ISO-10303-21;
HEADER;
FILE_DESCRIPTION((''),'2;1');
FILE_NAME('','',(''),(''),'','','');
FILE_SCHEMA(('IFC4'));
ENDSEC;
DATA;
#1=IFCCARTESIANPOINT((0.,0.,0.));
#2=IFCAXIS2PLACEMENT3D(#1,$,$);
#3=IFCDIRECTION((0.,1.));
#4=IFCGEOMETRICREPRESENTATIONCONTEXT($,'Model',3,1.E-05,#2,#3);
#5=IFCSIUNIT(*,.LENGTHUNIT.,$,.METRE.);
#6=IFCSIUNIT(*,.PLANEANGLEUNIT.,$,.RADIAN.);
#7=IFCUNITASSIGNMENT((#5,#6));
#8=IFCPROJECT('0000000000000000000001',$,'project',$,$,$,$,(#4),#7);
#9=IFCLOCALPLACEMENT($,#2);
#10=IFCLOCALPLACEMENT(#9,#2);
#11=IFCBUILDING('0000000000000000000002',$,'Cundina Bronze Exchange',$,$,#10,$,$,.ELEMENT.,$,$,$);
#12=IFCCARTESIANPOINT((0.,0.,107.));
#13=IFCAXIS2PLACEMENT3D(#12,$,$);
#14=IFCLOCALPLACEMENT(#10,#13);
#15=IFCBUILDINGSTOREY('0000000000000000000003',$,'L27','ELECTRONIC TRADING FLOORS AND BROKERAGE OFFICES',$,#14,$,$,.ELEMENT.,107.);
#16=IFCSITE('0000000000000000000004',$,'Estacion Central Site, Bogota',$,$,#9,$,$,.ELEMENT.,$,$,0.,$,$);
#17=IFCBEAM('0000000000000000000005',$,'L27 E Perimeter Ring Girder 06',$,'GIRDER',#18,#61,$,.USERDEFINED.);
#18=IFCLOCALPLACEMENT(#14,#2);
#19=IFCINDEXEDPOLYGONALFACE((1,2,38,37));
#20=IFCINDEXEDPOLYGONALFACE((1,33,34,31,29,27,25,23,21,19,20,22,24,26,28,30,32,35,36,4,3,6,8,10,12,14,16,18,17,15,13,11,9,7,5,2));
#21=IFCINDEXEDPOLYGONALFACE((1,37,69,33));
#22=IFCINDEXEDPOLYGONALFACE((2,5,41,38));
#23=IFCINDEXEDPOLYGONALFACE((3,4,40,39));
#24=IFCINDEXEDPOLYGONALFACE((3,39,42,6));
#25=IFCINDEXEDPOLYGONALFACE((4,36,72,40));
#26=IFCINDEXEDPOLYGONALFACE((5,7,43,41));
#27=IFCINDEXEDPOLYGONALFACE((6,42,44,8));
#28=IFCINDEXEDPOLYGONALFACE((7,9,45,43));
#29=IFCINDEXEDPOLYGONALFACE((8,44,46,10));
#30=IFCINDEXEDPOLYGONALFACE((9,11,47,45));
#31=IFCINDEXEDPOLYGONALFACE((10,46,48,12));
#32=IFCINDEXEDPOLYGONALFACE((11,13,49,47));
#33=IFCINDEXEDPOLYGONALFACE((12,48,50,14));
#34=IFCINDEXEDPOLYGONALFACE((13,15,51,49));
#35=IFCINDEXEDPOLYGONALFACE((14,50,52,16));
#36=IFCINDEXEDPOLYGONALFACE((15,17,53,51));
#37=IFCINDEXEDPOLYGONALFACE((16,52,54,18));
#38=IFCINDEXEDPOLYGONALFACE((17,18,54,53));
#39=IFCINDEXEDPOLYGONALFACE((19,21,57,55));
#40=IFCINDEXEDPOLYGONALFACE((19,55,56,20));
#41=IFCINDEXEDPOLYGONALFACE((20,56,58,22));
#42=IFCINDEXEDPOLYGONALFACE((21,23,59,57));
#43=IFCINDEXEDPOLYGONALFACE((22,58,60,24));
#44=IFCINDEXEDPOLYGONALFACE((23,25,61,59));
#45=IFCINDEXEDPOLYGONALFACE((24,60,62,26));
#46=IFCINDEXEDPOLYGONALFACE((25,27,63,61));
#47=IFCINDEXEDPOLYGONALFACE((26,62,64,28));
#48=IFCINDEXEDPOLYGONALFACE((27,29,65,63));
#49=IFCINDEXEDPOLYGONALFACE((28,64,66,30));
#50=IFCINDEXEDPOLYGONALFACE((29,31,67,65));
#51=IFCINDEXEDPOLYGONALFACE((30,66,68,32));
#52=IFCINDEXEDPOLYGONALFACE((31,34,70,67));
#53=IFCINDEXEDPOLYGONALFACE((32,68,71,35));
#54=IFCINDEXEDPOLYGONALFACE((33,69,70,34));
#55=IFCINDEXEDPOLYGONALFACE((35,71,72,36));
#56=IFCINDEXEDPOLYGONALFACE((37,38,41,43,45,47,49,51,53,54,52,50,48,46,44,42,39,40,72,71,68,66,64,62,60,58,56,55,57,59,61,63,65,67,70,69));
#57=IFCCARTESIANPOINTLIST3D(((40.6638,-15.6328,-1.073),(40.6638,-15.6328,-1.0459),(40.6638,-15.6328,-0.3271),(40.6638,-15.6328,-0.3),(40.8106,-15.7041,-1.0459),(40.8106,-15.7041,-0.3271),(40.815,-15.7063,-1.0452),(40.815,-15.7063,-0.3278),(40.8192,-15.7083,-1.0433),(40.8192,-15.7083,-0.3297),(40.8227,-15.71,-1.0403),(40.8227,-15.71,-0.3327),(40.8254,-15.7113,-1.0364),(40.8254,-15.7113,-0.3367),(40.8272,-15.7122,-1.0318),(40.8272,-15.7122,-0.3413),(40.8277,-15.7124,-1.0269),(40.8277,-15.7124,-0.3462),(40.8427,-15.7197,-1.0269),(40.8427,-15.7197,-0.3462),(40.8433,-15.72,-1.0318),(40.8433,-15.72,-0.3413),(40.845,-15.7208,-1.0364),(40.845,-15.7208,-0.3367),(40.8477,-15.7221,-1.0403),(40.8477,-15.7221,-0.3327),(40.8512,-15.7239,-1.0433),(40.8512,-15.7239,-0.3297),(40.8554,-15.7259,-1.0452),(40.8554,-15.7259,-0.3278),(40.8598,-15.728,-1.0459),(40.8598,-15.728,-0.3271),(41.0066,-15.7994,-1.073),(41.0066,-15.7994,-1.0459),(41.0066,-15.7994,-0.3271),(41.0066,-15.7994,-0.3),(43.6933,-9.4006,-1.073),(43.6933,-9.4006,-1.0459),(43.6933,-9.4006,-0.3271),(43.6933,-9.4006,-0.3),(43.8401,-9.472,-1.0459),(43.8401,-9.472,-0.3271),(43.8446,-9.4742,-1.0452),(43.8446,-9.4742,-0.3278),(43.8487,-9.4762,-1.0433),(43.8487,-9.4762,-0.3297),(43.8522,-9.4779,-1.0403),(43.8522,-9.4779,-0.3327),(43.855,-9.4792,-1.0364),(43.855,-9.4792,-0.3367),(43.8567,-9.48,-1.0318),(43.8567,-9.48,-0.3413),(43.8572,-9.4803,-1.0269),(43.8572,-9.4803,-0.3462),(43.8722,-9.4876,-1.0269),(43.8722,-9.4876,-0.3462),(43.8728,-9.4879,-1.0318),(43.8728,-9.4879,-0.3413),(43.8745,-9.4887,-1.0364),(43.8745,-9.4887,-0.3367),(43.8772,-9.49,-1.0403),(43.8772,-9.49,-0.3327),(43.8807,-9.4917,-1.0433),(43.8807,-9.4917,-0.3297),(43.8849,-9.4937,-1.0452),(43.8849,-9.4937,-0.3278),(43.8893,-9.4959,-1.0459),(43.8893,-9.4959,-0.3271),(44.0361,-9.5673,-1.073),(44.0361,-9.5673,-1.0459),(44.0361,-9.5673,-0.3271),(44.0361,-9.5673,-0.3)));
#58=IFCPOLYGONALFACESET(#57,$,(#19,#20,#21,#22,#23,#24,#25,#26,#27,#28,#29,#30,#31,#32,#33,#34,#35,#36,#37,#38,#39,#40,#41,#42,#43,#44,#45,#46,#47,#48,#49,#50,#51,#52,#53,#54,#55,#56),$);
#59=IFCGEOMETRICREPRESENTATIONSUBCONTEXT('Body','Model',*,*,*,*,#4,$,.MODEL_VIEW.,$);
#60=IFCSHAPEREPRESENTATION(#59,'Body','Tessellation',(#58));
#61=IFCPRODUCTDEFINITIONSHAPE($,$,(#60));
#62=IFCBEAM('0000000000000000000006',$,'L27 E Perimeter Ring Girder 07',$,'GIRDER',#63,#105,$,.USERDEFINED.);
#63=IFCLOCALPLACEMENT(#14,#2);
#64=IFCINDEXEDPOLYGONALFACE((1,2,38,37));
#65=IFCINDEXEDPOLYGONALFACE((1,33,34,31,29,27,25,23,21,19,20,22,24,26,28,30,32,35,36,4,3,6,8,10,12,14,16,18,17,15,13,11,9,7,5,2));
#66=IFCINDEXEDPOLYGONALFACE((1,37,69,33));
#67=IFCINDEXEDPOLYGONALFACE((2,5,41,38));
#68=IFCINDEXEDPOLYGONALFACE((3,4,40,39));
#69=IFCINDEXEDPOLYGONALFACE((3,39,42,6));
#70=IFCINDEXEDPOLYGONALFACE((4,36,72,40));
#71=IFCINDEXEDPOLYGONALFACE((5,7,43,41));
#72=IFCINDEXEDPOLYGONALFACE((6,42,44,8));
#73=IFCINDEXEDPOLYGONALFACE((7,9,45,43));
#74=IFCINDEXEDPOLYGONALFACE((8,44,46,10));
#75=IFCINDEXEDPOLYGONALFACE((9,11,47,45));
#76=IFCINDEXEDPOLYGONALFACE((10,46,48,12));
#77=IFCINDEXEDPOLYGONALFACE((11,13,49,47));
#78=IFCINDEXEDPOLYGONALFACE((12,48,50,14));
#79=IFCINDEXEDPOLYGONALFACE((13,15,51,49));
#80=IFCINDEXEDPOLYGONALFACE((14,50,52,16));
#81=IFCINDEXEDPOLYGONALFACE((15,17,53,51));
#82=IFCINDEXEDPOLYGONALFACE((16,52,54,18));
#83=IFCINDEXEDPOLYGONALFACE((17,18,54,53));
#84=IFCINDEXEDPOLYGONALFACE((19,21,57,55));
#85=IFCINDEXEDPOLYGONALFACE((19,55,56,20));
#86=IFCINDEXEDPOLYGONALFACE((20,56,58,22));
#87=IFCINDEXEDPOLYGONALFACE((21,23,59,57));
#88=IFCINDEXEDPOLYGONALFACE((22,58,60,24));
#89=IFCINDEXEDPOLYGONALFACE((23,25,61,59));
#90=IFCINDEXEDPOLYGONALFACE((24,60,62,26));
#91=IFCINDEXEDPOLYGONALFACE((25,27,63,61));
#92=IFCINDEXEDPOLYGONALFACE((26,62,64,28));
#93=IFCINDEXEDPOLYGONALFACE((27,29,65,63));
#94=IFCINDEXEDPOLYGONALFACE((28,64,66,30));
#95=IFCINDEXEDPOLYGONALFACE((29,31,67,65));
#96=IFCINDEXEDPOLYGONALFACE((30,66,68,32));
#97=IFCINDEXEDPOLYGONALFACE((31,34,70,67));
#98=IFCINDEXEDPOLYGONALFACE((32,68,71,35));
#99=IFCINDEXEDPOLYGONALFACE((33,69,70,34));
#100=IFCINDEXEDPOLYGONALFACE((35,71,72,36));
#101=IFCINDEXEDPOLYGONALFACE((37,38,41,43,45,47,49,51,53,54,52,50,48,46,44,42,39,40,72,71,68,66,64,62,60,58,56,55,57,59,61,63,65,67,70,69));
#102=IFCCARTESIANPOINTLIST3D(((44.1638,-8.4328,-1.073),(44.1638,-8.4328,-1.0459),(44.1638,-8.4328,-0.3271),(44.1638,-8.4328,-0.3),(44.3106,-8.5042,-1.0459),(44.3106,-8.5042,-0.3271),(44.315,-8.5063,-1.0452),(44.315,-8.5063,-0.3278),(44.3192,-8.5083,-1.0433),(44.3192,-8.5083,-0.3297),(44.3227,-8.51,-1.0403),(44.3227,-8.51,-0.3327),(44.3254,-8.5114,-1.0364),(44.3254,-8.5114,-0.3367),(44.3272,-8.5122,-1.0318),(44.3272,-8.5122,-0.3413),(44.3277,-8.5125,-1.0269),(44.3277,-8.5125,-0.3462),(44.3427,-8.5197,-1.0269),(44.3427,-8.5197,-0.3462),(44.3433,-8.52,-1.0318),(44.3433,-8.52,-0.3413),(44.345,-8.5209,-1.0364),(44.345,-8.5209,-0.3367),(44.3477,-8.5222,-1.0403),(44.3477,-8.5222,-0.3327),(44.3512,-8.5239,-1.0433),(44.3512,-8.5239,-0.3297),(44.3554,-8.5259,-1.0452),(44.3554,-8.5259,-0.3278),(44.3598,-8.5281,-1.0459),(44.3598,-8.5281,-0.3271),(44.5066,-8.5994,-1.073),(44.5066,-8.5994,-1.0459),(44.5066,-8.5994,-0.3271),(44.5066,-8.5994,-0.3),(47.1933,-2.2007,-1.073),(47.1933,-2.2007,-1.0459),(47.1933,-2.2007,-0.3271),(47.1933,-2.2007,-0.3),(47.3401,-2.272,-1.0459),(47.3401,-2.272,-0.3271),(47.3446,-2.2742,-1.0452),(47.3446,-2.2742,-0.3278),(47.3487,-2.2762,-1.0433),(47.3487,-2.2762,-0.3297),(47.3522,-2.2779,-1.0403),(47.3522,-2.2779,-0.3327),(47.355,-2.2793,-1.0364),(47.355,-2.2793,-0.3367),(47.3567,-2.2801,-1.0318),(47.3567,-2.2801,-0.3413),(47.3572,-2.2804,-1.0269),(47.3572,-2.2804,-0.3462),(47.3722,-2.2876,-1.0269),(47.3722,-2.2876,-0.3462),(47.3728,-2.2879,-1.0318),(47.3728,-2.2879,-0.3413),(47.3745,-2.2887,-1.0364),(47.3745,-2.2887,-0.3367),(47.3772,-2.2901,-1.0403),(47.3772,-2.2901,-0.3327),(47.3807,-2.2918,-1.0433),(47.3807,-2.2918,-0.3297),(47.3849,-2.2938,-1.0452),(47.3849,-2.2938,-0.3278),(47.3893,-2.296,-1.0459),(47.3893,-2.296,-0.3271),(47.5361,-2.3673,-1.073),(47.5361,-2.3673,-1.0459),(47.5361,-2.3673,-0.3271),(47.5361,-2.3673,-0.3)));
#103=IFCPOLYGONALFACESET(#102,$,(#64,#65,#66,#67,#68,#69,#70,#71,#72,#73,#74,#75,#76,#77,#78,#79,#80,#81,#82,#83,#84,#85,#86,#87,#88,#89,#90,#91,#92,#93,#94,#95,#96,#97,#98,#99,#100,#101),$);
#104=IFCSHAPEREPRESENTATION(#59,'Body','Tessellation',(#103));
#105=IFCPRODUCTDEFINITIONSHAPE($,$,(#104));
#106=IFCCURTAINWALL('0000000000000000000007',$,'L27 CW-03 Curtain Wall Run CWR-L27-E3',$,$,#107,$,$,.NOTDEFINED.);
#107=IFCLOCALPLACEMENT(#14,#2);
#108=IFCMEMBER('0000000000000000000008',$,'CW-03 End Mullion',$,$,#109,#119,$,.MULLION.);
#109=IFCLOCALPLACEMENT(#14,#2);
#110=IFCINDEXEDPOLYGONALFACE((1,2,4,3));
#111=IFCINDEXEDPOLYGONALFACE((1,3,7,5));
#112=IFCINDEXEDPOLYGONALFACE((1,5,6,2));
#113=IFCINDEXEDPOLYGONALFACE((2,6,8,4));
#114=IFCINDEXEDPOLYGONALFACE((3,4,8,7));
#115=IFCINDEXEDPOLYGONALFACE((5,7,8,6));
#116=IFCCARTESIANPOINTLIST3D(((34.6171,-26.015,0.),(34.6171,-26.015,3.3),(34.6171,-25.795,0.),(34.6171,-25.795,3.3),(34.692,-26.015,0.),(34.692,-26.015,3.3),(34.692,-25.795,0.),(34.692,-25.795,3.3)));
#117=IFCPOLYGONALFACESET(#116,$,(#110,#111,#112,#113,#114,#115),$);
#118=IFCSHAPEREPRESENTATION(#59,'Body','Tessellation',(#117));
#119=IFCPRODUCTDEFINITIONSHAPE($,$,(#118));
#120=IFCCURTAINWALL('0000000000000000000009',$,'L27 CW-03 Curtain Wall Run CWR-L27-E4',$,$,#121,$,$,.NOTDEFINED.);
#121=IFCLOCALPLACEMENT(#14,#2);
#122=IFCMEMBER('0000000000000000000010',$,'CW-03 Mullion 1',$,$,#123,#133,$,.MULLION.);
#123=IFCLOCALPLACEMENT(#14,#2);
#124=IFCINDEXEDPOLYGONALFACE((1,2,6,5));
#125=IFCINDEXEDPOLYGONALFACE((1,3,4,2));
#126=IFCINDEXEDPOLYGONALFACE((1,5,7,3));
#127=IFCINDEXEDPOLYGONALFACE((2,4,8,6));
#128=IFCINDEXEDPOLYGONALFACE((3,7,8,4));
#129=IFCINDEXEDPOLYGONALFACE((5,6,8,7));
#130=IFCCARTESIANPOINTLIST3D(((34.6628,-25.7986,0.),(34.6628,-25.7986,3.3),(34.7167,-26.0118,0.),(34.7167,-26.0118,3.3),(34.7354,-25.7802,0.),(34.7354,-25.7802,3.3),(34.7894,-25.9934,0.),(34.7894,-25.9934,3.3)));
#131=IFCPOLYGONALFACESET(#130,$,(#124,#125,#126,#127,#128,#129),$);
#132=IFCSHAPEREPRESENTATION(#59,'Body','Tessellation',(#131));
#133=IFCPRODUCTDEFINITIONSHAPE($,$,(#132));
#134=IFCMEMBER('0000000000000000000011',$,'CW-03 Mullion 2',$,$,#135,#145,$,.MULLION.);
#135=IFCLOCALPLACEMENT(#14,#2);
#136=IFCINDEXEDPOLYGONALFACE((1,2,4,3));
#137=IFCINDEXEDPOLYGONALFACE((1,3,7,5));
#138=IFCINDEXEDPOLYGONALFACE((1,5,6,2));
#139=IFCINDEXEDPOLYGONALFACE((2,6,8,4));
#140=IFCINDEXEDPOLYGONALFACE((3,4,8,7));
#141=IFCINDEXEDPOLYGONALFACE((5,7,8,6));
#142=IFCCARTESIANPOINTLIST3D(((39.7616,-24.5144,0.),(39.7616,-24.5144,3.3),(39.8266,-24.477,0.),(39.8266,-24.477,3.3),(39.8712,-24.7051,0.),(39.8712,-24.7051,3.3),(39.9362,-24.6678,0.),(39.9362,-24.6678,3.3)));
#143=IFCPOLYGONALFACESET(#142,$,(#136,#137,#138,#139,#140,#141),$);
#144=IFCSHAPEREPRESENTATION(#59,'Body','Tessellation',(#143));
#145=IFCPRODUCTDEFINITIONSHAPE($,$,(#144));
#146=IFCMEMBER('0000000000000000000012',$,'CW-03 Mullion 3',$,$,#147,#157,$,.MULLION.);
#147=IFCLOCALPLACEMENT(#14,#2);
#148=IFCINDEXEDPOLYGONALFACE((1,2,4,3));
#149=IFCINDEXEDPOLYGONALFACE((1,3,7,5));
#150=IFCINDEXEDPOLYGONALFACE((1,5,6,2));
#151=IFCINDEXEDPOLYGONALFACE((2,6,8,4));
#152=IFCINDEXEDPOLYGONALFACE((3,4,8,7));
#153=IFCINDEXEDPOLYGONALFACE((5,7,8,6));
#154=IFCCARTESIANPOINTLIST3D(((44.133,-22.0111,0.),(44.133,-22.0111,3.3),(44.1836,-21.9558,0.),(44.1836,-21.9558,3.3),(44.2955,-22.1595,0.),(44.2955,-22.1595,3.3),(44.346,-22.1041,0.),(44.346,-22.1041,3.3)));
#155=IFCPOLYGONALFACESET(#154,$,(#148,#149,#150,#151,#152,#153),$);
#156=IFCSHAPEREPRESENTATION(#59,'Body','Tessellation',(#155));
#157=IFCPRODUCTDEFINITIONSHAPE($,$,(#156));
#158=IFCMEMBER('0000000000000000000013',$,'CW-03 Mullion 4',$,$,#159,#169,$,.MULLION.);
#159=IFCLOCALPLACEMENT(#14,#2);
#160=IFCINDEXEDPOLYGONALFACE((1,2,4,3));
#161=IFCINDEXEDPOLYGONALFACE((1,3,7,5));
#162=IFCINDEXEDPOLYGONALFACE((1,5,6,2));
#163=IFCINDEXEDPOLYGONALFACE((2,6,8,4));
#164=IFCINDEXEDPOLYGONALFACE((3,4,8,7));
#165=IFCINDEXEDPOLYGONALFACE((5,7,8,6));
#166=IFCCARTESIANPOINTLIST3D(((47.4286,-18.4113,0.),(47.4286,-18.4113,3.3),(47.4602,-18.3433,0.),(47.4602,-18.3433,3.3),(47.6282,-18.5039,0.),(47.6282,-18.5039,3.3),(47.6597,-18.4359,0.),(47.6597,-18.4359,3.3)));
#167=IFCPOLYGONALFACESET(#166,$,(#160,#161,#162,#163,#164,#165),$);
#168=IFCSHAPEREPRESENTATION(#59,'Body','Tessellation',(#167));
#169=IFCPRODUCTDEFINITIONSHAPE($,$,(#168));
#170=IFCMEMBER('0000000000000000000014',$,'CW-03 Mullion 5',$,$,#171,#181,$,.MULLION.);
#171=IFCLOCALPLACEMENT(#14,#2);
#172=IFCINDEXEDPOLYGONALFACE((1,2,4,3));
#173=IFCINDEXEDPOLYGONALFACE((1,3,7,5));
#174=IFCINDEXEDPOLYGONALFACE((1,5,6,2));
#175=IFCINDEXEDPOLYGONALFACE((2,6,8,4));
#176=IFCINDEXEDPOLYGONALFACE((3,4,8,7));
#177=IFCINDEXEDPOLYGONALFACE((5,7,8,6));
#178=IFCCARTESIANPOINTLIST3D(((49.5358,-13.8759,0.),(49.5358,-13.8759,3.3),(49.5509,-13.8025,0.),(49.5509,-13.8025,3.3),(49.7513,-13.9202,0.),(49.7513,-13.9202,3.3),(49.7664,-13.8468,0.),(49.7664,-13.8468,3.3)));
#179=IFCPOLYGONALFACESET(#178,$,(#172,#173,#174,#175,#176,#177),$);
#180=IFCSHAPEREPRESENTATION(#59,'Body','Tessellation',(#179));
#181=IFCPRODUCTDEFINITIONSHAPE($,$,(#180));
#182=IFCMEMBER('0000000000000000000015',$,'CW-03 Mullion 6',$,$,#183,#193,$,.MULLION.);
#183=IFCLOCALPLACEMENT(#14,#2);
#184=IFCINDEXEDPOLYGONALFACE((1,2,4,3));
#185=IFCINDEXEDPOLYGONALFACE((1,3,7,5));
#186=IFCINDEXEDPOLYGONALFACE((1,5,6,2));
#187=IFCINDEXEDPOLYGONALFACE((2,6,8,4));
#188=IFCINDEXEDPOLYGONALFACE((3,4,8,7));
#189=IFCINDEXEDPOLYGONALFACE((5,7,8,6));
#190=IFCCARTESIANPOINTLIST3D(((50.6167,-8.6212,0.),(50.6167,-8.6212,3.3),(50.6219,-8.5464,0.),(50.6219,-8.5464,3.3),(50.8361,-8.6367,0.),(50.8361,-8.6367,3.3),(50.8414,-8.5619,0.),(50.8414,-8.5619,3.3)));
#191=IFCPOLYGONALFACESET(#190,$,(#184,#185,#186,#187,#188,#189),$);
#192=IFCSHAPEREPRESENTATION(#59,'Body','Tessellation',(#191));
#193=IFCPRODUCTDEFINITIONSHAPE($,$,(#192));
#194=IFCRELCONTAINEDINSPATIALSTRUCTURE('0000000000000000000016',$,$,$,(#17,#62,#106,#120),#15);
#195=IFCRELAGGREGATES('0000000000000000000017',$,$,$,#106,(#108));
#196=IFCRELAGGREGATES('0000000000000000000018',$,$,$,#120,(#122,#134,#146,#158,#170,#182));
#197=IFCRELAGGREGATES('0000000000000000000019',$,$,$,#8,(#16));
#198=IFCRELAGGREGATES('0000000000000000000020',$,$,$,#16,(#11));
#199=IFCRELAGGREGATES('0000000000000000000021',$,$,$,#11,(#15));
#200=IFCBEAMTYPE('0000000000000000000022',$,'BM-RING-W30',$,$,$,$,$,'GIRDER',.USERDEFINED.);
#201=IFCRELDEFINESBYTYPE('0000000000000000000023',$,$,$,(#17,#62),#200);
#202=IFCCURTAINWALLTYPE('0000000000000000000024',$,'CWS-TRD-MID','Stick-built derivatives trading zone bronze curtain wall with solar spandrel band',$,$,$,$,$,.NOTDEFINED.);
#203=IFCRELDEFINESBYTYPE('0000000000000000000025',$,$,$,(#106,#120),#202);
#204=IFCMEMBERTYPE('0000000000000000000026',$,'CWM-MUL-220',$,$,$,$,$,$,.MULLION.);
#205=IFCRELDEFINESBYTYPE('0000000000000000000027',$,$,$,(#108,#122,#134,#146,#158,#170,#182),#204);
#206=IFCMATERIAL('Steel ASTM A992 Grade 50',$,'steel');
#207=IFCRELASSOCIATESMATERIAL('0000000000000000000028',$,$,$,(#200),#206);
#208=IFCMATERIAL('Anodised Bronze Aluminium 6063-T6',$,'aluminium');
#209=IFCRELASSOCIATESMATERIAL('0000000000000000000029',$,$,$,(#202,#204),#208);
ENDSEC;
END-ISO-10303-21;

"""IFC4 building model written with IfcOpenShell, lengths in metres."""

from ifc_helpers import new_model, si_unit, direction, frame, origin, origin_2d, place, context, subcontext, project, spatial, rectangle, i_section, extrude, material, material_profile, profile_set, type_object, element, aggregate, save


model = new_model("IFC4")

# Units and contexts
model_context = context("Model", 3, precision=1e-05, world=origin(), true_north=direction((0.0, 1.0)))
body_context = subcontext(model_context, "Body", "Model", "MODEL_VIEW")
ifc_project = project(units=[si_unit("LENGTHUNIT", "METRE"), si_unit("PLANEANGLEUNIT", "RADIAN")], contexts=[model_context])

# Site, building, storey
site_placement = place(None, origin())
site = spatial("IfcSite", under=ifc_project, at=site_placement, Name="Estacion Central Site, Bogota", CompositionType="ELEMENT", RefElevation=0.0)
building_placement = place(site_placement, origin())
building = spatial("IfcBuilding", under=site, at=building_placement, Name="Cundina Bronze Exchange", CompositionType="ELEMENT")
storey_placement = place(building_placement, frame((0.0, 0.0, 107.0)))
storey = spatial("IfcBuildingStorey", under=building, at=storey_placement, Name="L27", Description="ELECTRONIC TRADING FLOORS AND BROKERAGE OFFICES", CompositionType="ELEMENT", Elevation=107.0)

# Beams
ifc_material_1 = material(Name="Steel ASTM A992 Grade 50", Category="steel")
ifc_material_profile_1 = material_profile(ifc_material_1, i_section(OverallWidth=0.3811, OverallDepth=0.7729, WebThickness=0.0166, FlangeThickness=0.0271, FilletRadius=0.019, at=origin_2d()), Name="W30X173", Category="steel")
ifc_profile_set_1 = profile_set([ifc_material_profile_1], Name="Steel ASTM A992 Grade 50")
beam_type_1 = type_object("IfcBeamType", Name="BM-RING-W30", ElementType="GIRDER", PredefinedType="USERDEFINED", material=ifc_profile_set_1)
for number, where, z_axis, x_axis, name in (
    (1, (40.8352, -15.7161, -0.6865), (0.437194, 0.899367, 0.0), (-0.899367, 0.437194, 0.0), "L27 E Perimeter Ring Girder 06"),
    (2, (44.3352, -8.5161, -0.6865), (0.437194, 0.899367, 0.0), (-0.899367, 0.437194, 0.0), "L27 E Perimeter Ring Girder 07"),
):
    element("IfcBeam", number, at=place(storey_placement, frame(where, z_axis=z_axis, x_axis=x_axis)), inside=storey, type_object=beam_type_1, Name=name, ObjectType="GIRDER", PredefinedType="USERDEFINED", context=body_context, shape_type="SweptSolid", body=[
        extrude(i_section(OverallWidth=0.3811, OverallDepth=0.7729, WebThickness=0.0166, FlangeThickness=0.0271, FilletRadius=0.019, at=origin_2d()), origin(), (0.0, 0.0, 1.0), 6.9294),
    ])

# Curtain wall, member
ifc_material_2 = material(Name="Anodised Bronze Aluminium 6063-T6", Category="aluminium")
curtain_wall_type = type_object("IfcCurtainWallType", Name="CWS-TRD-MID", Description="Stick-built derivatives trading zone bronze curtain wall with solar spandrel band", PredefinedType="NOTDEFINED", material=ifc_material_2)
curtain_wall_1_placement = place(storey_placement, origin())
curtain_wall_1 = element("IfcCurtainWall", 3, at=curtain_wall_1_placement, inside=storey, type_object=curtain_wall_type, Name="L27 CW-03 Curtain Wall Run CWR-L27-E3", PredefinedType="NOTDEFINED")
ifc_material_profile_2 = material_profile(ifc_material_2, rectangle(XDim=0.075, YDim=0.22, at=origin_2d()), Name="AL75X220", Category="aluminium")
ifc_profile_set_2 = profile_set([ifc_material_profile_2], Name="Anodised Bronze Aluminium 6063-T6")
member_type_1 = type_object("IfcMemberType", Name="CWM-MUL-220", PredefinedType="MULLION", material=ifc_profile_set_2)
member_1_placement = place(storey_placement, frame((34.6545, -25.905, 0.0), z_axis=(0.0, 0.0, 1.0), x_axis=(1.0, 0.0, 0.0)))
member_1 = element("IfcMember", 4, at=member_1_placement, type_object=member_type_1, Name="CW-03 End Mullion", PredefinedType="MULLION", context=body_context, shape_type="SweptSolid", body=[
    extrude(rectangle(XDim=0.075, YDim=0.22, at=origin_2d()), origin(), (0.0, 0.0, 1.0), 3.3),
])
aggregate(curtain_wall_1, [member_1])

# Curtain wall, members
curtain_wall_2_placement = place(storey_placement, origin())
curtain_wall_2 = element("IfcCurtainWall", 5, at=curtain_wall_2_placement, inside=storey, type_object=curtain_wall_type, Name="L27 CW-03 Curtain Wall Run CWR-L27-E4", PredefinedType="NOTDEFINED")
member_2_placement = place(storey_placement, frame((34.7261, -25.896, 0.0), z_axis=(0.0, 0.0, 1.0), x_axis=(0.969488, 0.245138, 0.0)))
member_2 = element("IfcMember", 6, at=member_2_placement, type_object=member_type_1, Name="CW-03 Mullion 1", PredefinedType="MULLION", context=body_context, shape_type="SweptSolid", body=[
    extrude(rectangle(XDim=0.075, YDim=0.22, at=origin_2d()), origin(), (0.0, 0.0, 1.0), 3.3),
])
member_3_placement = place(storey_placement, frame((39.8489, -24.5911, 0.0), z_axis=(0.0, 0.0, 1.0), x_axis=(0.867071, 0.498185, 0.0)))
member_3 = element("IfcMember", 7, at=member_3_placement, type_object=member_type_1, Name="CW-03 Mullion 2", PredefinedType="MULLION", context=body_context, shape_type="SweptSolid", body=[
    extrude(rectangle(XDim=0.075, YDim=0.22, at=origin_2d()), origin(), (0.0, 0.0, 1.0), 3.3),
])
member_4_placement = place(storey_placement, frame((44.2395, -22.0576, 0.0), z_axis=(0.0, 0.0, 1.0), x_axis=(0.674302, 0.738455, 0.0)))
member_4 = element("IfcMember", 8, at=member_4_placement, type_object=member_type_1, Name="CW-03 Mullion 3", PredefinedType="MULLION", context=body_context, shape_type="SweptSolid", body=[
    extrude(rectangle(XDim=0.075, YDim=0.22, at=origin_2d()), origin(), (0.0, 0.0, 1.0), 3.3),
])
member_5_placement = place(storey_placement, frame((47.5442, -18.4236, 0.0), z_axis=(0.0, 0.0, 1.0), x_axis=(0.420877, 0.907117, 0.0)))
member_5 = element("IfcMember", 9, at=member_5_placement, type_object=member_type_1, Name="CW-03 Mullion 4", PredefinedType="MULLION", context=body_context, shape_type="SweptSolid", body=[
    extrude(rectangle(XDim=0.075, YDim=0.22, at=origin_2d()), origin(), (0.0, 0.0, 1.0), 3.3),
])
member_6_placement = place(storey_placement, frame((49.6511, -13.8613, 0.0), z_axis=(0.0, 0.0, 1.0), x_axis=(0.20142, 0.979505, 0.0)))
member_6 = element("IfcMember", 10, at=member_6_placement, type_object=member_type_1, Name="CW-03 Mullion 5", PredefinedType="MULLION", context=body_context, shape_type="SweptSolid", body=[
    extrude(rectangle(XDim=0.075, YDim=0.22, at=origin_2d()), origin(), (0.0, 0.0, 1.0), 3.3),
])
member_7_placement = place(storey_placement, frame((50.729, -8.5916, 0.0), z_axis=(0.0, 0.0, 1.0), x_axis=(0.070279, 0.997527, 0.0)))
member_7 = element("IfcMember", 11, at=member_7_placement, type_object=member_type_1, Name="CW-03 Mullion 6", PredefinedType="MULLION", context=body_context, shape_type="SweptSolid", body=[
    extrude(rectangle(XDim=0.075, YDim=0.22, at=origin_2d()), origin(), (0.0, 0.0, 1.0), 3.3),
])
aggregate(curtain_wall_2, [member_2, member_3, member_4, member_5, member_6, member_7])

save(model, "model.ifc")
